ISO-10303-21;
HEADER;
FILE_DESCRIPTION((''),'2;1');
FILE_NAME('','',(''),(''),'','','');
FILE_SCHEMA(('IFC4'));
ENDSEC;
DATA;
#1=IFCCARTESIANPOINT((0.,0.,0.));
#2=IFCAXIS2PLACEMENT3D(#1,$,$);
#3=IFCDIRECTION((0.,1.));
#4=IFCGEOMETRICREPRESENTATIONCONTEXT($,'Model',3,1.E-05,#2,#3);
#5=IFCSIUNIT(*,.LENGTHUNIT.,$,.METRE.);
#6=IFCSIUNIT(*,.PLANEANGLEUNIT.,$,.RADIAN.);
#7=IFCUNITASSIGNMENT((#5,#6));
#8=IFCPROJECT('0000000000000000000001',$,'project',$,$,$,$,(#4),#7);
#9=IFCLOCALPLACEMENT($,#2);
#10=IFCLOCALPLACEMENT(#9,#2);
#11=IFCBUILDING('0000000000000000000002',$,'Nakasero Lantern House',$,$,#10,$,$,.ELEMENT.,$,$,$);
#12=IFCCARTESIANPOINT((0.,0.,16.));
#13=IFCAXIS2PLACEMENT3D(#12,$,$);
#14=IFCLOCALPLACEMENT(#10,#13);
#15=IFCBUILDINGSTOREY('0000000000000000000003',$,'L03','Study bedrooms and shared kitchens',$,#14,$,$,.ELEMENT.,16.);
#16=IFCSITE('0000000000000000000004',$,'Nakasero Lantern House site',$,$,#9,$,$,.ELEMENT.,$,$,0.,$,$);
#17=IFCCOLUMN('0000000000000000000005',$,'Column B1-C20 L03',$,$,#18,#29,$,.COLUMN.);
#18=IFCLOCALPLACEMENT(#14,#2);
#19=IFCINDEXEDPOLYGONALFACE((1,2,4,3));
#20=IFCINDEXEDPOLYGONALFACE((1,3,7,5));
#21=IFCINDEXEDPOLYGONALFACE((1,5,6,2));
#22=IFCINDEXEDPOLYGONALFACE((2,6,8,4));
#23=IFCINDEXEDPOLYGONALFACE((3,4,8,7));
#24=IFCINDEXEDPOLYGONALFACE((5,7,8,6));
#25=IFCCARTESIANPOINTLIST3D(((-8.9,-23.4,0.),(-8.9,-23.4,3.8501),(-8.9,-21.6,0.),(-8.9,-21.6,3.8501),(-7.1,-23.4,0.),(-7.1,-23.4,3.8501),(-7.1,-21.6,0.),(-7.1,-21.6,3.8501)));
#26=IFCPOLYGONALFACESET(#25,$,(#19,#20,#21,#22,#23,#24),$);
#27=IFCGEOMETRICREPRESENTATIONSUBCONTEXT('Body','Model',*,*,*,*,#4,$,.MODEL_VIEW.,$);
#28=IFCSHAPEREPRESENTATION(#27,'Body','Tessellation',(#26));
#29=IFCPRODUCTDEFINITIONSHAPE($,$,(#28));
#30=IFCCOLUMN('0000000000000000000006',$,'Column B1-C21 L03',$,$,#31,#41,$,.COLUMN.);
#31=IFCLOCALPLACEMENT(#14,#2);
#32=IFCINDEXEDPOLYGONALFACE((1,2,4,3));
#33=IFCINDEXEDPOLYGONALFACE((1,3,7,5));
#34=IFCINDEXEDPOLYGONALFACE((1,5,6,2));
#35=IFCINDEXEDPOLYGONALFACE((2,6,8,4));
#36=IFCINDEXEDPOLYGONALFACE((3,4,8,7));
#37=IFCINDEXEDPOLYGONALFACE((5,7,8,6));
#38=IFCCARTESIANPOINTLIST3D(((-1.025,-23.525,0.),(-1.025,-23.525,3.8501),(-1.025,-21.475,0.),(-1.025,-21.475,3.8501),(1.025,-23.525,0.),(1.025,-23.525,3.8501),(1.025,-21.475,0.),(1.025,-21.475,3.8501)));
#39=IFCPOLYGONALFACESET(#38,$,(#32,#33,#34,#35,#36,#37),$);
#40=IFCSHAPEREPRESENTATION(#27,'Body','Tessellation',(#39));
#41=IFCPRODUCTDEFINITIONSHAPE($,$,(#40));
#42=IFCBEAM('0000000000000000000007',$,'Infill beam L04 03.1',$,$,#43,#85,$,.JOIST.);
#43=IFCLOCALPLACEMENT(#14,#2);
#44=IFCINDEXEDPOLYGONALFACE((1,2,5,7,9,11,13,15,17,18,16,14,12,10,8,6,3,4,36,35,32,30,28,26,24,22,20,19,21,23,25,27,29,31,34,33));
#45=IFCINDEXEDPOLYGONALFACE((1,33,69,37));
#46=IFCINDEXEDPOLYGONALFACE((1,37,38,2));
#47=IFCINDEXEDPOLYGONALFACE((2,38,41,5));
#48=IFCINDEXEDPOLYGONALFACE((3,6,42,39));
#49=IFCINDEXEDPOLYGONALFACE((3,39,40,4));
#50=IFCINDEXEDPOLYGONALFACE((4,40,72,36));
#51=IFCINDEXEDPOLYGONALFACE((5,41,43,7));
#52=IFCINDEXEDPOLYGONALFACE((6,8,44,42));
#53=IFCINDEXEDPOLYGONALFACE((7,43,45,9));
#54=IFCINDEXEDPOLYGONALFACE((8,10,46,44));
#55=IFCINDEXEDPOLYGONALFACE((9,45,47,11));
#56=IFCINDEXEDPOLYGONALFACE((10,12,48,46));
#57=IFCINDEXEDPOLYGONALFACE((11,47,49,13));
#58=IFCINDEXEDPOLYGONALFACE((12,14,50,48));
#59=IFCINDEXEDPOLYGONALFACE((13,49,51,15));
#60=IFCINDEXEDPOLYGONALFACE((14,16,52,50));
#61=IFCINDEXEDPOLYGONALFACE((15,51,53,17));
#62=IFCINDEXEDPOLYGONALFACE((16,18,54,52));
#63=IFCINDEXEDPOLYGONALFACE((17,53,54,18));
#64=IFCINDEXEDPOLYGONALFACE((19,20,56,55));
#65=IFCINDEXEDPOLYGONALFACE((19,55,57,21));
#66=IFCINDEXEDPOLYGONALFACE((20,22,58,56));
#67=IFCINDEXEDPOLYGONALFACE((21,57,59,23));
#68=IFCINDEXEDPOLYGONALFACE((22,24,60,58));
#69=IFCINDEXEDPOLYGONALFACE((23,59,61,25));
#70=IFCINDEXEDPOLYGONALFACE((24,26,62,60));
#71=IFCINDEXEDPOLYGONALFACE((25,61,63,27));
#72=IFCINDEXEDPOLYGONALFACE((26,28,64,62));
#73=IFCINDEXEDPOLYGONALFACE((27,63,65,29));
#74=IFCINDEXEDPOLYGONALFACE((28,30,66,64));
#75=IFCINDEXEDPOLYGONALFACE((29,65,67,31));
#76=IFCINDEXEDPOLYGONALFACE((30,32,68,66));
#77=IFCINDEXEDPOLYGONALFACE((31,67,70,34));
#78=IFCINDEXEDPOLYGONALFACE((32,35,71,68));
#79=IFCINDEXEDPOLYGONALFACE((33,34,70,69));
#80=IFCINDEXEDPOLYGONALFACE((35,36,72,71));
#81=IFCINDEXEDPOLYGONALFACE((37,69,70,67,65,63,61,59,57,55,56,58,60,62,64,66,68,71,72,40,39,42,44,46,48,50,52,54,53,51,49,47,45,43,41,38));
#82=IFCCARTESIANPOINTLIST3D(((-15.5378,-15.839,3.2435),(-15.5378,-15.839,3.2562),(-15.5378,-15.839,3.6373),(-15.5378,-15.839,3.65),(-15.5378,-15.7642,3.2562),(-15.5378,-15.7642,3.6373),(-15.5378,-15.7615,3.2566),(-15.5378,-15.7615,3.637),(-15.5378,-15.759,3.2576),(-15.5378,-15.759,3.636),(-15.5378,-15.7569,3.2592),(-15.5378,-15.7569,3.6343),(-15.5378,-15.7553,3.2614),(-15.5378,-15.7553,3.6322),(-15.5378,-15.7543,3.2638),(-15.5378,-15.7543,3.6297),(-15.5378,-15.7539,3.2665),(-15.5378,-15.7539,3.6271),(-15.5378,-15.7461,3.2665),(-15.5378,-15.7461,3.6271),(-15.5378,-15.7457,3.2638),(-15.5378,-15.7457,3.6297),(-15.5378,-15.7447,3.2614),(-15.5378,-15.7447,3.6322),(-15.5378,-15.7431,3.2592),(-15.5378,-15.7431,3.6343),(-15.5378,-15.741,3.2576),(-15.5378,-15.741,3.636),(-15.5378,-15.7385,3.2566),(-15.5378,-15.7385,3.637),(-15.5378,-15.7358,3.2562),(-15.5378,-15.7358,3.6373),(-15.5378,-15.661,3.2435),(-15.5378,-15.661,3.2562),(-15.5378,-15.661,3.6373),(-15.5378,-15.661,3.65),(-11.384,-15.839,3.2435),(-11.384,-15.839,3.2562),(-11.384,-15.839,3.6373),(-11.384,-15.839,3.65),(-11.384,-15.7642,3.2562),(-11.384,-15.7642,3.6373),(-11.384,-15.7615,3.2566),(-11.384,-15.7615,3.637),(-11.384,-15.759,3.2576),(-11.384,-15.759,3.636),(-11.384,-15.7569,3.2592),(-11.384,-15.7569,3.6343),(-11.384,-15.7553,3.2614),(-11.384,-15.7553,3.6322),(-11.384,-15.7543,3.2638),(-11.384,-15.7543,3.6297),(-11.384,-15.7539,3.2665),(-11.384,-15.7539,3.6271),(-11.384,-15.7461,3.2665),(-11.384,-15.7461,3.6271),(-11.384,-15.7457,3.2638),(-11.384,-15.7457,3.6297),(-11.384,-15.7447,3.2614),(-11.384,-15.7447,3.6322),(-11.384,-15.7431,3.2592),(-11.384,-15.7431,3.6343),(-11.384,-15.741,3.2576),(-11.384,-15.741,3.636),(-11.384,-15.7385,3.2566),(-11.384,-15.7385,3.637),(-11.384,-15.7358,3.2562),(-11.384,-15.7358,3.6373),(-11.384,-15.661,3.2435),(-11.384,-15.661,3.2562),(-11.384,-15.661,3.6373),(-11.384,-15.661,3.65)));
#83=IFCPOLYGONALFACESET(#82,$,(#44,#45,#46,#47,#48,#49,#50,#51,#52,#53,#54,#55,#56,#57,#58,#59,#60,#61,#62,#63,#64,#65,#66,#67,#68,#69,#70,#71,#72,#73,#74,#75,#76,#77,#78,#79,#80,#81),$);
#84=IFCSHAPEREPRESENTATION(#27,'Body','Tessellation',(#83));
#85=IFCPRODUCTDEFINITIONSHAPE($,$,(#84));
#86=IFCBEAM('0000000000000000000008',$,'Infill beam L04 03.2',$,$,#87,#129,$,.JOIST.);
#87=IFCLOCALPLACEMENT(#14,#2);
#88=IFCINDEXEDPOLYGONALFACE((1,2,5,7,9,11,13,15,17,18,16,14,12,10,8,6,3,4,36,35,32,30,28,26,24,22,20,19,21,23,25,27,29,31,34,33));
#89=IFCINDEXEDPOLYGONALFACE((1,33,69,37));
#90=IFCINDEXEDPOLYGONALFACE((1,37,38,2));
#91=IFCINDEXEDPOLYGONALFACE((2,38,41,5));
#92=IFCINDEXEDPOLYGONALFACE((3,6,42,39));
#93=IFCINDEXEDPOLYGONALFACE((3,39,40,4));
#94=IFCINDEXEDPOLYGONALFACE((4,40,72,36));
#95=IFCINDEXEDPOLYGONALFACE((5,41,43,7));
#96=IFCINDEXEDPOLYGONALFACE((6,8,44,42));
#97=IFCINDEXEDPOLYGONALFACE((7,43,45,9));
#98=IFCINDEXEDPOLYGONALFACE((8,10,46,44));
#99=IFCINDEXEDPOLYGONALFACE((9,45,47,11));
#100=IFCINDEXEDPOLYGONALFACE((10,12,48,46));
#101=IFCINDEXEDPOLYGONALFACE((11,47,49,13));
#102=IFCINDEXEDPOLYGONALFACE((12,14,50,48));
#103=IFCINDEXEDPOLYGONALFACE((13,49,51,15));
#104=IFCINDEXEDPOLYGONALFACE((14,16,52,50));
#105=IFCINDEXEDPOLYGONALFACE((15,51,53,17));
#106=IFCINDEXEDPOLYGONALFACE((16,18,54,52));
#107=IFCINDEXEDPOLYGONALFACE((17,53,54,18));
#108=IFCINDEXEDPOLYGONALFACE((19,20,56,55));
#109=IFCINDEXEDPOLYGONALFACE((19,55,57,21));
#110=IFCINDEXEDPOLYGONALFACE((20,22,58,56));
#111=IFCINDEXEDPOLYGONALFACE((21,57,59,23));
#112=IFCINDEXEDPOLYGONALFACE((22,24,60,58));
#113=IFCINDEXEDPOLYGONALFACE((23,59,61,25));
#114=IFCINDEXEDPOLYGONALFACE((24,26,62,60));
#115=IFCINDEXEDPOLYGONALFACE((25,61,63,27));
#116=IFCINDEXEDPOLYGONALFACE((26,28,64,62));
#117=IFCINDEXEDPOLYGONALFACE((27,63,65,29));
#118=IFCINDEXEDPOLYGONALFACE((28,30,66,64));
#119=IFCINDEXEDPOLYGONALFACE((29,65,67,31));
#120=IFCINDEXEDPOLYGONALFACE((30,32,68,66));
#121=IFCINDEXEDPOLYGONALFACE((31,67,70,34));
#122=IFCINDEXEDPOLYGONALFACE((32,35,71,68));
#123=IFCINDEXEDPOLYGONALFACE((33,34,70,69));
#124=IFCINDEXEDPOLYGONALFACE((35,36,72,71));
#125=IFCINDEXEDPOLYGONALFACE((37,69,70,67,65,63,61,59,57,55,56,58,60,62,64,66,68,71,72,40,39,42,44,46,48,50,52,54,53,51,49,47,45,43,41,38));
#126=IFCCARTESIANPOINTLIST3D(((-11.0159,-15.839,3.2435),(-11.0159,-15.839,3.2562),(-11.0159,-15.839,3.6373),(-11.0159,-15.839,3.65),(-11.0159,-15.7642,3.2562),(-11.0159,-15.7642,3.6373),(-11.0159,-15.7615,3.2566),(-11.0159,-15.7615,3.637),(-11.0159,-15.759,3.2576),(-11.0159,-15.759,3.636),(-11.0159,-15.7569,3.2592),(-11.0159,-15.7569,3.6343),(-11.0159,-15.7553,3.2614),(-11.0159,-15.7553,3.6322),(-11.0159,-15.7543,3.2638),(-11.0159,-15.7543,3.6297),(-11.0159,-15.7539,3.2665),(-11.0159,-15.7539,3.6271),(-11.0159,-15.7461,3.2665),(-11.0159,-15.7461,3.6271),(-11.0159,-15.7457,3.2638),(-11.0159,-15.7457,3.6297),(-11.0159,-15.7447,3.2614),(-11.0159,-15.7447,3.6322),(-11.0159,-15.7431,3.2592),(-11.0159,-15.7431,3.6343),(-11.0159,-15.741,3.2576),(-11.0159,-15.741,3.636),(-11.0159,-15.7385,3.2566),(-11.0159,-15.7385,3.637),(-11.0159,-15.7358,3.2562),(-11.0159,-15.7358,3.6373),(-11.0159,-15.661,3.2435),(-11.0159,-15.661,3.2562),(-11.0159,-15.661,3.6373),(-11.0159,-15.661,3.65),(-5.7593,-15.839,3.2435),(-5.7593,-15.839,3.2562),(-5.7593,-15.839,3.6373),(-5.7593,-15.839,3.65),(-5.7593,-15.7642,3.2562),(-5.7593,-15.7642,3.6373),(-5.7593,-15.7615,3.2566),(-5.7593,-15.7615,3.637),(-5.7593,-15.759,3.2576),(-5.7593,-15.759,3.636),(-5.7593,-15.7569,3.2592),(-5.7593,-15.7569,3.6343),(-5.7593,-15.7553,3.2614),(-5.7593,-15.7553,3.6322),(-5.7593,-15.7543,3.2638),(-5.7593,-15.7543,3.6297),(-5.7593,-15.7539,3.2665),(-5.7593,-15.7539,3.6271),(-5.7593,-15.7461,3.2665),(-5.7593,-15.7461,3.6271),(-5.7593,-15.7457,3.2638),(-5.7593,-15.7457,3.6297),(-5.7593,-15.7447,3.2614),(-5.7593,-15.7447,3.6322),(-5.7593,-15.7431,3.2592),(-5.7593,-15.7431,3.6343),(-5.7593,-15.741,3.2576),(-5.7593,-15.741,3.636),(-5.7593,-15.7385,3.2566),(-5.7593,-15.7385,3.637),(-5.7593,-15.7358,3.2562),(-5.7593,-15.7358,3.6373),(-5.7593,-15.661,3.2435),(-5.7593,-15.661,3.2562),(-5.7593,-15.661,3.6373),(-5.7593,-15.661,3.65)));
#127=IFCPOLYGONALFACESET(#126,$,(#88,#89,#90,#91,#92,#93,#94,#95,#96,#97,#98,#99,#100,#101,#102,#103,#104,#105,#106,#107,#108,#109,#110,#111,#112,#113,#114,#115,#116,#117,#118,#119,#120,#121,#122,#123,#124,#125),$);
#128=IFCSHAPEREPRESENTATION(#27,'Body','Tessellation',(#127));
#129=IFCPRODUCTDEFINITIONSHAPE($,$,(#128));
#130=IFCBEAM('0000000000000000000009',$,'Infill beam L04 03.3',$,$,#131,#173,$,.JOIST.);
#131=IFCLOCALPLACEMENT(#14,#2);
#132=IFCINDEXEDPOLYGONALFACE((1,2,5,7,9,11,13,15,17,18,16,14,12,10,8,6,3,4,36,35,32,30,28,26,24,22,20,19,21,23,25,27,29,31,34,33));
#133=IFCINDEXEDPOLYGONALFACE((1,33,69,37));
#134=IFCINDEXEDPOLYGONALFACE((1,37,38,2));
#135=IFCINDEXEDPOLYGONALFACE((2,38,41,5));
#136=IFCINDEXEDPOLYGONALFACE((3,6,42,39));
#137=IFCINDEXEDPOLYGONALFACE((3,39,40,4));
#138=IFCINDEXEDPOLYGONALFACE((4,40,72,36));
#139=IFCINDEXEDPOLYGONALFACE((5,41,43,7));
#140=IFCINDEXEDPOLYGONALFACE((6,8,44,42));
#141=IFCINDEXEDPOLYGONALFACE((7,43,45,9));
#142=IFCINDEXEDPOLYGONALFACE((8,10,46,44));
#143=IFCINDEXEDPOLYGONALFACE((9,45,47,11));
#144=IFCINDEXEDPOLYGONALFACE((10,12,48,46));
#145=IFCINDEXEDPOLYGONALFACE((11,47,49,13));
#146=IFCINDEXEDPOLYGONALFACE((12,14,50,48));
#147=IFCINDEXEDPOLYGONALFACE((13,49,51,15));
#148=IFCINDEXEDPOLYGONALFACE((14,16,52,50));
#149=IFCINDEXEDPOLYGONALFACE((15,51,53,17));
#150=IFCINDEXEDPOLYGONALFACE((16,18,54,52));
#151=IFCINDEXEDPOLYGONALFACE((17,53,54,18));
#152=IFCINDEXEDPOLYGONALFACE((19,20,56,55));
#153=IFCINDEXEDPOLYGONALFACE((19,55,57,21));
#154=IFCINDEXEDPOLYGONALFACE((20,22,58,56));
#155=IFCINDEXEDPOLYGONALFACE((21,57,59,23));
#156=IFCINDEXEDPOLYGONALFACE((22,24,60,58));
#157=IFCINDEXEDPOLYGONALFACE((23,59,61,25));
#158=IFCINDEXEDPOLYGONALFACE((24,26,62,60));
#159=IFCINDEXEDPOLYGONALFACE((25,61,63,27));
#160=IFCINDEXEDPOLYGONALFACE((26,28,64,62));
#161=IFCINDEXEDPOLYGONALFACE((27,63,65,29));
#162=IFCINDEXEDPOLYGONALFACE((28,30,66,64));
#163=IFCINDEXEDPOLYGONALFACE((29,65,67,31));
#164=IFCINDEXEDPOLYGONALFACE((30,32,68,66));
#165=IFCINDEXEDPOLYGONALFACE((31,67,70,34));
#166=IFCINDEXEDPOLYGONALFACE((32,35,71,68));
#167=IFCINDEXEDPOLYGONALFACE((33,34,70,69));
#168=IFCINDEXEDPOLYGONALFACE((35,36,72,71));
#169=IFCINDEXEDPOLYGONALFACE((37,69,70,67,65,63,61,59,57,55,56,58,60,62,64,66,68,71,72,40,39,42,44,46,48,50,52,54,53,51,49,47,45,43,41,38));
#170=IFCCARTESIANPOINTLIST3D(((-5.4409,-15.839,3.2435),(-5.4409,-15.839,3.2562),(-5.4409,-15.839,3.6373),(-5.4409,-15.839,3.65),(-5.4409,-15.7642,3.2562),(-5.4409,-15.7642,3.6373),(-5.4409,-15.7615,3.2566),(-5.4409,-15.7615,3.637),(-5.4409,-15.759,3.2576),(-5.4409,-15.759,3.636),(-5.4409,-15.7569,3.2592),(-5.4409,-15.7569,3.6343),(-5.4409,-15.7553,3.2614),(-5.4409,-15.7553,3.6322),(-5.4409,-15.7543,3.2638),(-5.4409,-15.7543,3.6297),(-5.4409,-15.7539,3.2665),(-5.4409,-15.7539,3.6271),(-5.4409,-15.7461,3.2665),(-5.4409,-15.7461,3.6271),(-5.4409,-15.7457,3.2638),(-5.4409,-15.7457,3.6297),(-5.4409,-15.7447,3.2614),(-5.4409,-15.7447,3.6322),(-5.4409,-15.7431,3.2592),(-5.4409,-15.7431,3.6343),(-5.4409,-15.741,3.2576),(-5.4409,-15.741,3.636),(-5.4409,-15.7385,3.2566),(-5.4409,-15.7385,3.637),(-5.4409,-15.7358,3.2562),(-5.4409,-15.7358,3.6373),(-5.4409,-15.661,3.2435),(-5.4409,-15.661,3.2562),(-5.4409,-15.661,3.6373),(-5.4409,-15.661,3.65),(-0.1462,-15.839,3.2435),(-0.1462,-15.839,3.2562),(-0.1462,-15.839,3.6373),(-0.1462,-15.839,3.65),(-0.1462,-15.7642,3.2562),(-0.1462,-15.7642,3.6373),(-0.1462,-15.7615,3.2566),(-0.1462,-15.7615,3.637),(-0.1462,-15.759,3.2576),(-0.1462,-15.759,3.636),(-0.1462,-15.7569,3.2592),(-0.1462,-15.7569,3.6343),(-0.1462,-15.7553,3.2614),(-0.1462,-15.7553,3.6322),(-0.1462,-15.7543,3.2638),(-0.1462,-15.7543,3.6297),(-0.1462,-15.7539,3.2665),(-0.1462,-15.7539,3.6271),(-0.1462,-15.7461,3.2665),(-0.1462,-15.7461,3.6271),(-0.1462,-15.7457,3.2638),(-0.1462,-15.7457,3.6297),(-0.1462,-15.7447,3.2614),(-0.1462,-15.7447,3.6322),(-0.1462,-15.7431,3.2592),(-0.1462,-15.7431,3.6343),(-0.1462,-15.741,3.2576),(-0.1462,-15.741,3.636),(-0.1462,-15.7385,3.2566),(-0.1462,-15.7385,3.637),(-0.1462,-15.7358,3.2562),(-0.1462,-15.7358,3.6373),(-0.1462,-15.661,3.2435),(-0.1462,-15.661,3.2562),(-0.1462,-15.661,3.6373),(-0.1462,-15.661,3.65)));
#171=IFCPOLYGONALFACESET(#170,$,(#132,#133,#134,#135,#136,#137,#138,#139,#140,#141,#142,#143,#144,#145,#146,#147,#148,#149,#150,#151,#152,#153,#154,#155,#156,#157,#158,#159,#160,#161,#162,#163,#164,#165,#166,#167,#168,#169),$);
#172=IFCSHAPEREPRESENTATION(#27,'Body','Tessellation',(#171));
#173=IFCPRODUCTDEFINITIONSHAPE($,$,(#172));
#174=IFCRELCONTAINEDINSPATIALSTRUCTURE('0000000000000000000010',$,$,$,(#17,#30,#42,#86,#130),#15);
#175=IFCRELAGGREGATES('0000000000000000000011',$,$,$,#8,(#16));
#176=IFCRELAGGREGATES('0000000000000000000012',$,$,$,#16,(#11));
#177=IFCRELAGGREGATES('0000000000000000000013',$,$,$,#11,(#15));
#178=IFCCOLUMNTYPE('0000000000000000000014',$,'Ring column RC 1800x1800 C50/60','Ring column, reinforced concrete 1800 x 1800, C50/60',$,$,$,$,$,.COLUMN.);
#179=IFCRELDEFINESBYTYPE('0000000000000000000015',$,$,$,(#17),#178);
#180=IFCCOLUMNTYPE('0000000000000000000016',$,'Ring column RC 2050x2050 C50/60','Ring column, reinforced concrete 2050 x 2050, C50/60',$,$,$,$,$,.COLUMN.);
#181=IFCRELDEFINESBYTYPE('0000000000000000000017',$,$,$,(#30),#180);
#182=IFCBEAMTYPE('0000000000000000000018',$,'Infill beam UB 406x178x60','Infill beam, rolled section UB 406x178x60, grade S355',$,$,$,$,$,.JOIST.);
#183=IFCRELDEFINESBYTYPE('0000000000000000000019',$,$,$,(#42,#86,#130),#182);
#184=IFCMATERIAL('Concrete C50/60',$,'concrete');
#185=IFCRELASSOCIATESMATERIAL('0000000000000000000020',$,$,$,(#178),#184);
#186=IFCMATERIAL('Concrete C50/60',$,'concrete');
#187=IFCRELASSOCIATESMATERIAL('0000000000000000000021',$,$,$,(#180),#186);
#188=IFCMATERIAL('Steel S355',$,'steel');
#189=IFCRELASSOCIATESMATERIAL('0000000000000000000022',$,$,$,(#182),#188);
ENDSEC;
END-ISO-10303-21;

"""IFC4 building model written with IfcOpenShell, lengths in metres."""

from ifc_helpers import new_model, si_unit, direction, frame, origin, origin_2d, place, context, subcontext, project, spatial, rectangle, i_section, extrude, material, material_profile, profile_set, type_object, element, save


model = new_model("IFC4")

# Units and contexts
model_context = context("Model", 3, precision=1e-05, world=origin(), true_north=direction((0.0, 1.0)))
body_context = subcontext(model_context, "Body", "Model", "MODEL_VIEW")
ifc_project = project(units=[si_unit("LENGTHUNIT", "METRE"), si_unit("PLANEANGLEUNIT", "RADIAN")], contexts=[model_context])

# Site, building, storey
site_placement = place(None, origin())
site = spatial("IfcSite", under=ifc_project, at=site_placement, Name="Nakasero Lantern House site", CompositionType="ELEMENT", RefElevation=0.0)
building_placement = place(site_placement, origin())
building = spatial("IfcBuilding", under=site, at=building_placement, Name="Nakasero Lantern House", CompositionType="ELEMENT")
storey_placement = place(building_placement, frame((0.0, 0.0, 16.0)))
storey = spatial("IfcBuildingStorey", under=building, at=storey_placement, Name="L03", Description="Study bedrooms and shared kitchens", CompositionType="ELEMENT", Elevation=16.0)

# Columns
ifc_material_1 = material(Name="Concrete C50/60", Category="concrete")
ifc_material_profile_1 = material_profile(ifc_material_1, rectangle(XDim=1.8, YDim=1.8, at=origin_2d()), Name="RC 1800x1800")
ifc_profile_set_1 = profile_set([ifc_material_profile_1], Name="Concrete C50/60")
column_type_1 = type_object("IfcColumnType", Name="Ring column RC 1800x1800 C50/60", Description="Ring column, reinforced concrete 1800 x 1800, C50/60", PredefinedType="COLUMN", material=ifc_profile_set_1)
column_1_placement = place(storey_placement, frame((-8.0, -22.5, 0.0), z_axis=(0.0, 0.0, 1.0), x_axis=(1.0, 0.0, 0.0)))
element("IfcColumn", 1, at=column_1_placement, inside=storey, type_object=column_type_1, Name="Column B1-C20 L03", PredefinedType="COLUMN", context=body_context, shape_type="SweptSolid", body=[
    extrude(rectangle(XDim=1.8, YDim=1.8, at=origin_2d()), origin(), (0.0, 0.0, 1.0), 3.8501),
])
ifc_material_2 = material(Name="Concrete C50/60", Category="concrete")
ifc_material_profile_2 = material_profile(ifc_material_2, rectangle(XDim=2.05, YDim=2.05, at=origin_2d()), Name="RC 2050x2050")
ifc_profile_set_2 = profile_set([ifc_material_profile_2], Name="Concrete C50/60")
column_type_2 = type_object("IfcColumnType", Name="Ring column RC 2050x2050 C50/60", Description="Ring column, reinforced concrete 2050 x 2050, C50/60", PredefinedType="COLUMN", material=ifc_profile_set_2)
column_2_placement = place(storey_placement, frame((0.0, -22.5, 0.0), z_axis=(0.0, 0.0, 1.0), x_axis=(1.0, 0.0, 0.0)))
element("IfcColumn", 2, at=column_2_placement, inside=storey, type_object=column_type_2, Name="Column B1-C21 L03", PredefinedType="COLUMN", context=body_context, shape_type="SweptSolid", body=[
    extrude(rectangle(XDim=2.05, YDim=2.05, at=origin_2d()), origin(), (0.0, 0.0, 1.0), 3.8501),
])

# Beams
ifc_material_3 = material(Name="Steel S355", Category="steel")
ifc_material_profile_3 = material_profile(ifc_material_3, i_section(OverallWidth=0.178, OverallDepth=0.4065, WebThickness=0.0078, FlangeThickness=0.0127, FilletRadius=0.0103, at=origin_2d()), Name="UB 406x178x60")
ifc_profile_set_3 = profile_set([ifc_material_profile_3], Name="Steel S355")
beam_type_1 = type_object("IfcBeamType", Name="Infill beam UB 406x178x60", Description="Infill beam, rolled section UB 406x178x60, grade S355", PredefinedType="JOIST", material=ifc_profile_set_3)
beam_1_placement = place(storey_placement, frame((-15.5378, -15.75, 3.4468), z_axis=(1.0, 0.0, 0.0), x_axis=(0.0, 1.0, 0.0)))
element("IfcBeam", 3, at=beam_1_placement, inside=storey, type_object=beam_type_1, Name="Infill beam L04 03.1", PredefinedType="JOIST", context=body_context, shape_type="SweptSolid", body=[
    extrude(i_section(OverallWidth=0.178, OverallDepth=0.4065, WebThickness=0.0078, FlangeThickness=0.0127, FilletRadius=0.0103, at=origin_2d()), origin(), (0.0, 0.0, 1.0), 4.1538),
])
beam_2_placement = place(storey_placement, frame((-11.0159, -15.75, 3.4468), z_axis=(1.0, 0.0, 0.0), x_axis=(0.0, 1.0, 0.0)))
element("IfcBeam", 4, at=beam_2_placement, inside=storey, type_object=beam_type_1, Name="Infill beam L04 03.2", PredefinedType="JOIST", context=body_context, shape_type="SweptSolid", body=[
    extrude(i_section(OverallWidth=0.178, OverallDepth=0.4065, WebThickness=0.0078, FlangeThickness=0.0127, FilletRadius=0.0103, at=origin_2d()), origin(), (0.0, 0.0, 1.0), 5.2566),
])
beam_3_placement = place(storey_placement, frame((-5.4409, -15.75, 3.4468), z_axis=(1.0, 0.0, 0.0), x_axis=(0.0, 1.0, 0.0)))
element("IfcBeam", 5, at=beam_3_placement, inside=storey, type_object=beam_type_1, Name="Infill beam L04 03.3", PredefinedType="JOIST", context=body_context, shape_type="SweptSolid", body=[
    extrude(i_section(OverallWidth=0.178, OverallDepth=0.4065, WebThickness=0.0078, FlangeThickness=0.0127, FilletRadius=0.0103, at=origin_2d()), origin(), (0.0, 0.0, 1.0), 5.2947),
])

save(model, "model.ifc")
